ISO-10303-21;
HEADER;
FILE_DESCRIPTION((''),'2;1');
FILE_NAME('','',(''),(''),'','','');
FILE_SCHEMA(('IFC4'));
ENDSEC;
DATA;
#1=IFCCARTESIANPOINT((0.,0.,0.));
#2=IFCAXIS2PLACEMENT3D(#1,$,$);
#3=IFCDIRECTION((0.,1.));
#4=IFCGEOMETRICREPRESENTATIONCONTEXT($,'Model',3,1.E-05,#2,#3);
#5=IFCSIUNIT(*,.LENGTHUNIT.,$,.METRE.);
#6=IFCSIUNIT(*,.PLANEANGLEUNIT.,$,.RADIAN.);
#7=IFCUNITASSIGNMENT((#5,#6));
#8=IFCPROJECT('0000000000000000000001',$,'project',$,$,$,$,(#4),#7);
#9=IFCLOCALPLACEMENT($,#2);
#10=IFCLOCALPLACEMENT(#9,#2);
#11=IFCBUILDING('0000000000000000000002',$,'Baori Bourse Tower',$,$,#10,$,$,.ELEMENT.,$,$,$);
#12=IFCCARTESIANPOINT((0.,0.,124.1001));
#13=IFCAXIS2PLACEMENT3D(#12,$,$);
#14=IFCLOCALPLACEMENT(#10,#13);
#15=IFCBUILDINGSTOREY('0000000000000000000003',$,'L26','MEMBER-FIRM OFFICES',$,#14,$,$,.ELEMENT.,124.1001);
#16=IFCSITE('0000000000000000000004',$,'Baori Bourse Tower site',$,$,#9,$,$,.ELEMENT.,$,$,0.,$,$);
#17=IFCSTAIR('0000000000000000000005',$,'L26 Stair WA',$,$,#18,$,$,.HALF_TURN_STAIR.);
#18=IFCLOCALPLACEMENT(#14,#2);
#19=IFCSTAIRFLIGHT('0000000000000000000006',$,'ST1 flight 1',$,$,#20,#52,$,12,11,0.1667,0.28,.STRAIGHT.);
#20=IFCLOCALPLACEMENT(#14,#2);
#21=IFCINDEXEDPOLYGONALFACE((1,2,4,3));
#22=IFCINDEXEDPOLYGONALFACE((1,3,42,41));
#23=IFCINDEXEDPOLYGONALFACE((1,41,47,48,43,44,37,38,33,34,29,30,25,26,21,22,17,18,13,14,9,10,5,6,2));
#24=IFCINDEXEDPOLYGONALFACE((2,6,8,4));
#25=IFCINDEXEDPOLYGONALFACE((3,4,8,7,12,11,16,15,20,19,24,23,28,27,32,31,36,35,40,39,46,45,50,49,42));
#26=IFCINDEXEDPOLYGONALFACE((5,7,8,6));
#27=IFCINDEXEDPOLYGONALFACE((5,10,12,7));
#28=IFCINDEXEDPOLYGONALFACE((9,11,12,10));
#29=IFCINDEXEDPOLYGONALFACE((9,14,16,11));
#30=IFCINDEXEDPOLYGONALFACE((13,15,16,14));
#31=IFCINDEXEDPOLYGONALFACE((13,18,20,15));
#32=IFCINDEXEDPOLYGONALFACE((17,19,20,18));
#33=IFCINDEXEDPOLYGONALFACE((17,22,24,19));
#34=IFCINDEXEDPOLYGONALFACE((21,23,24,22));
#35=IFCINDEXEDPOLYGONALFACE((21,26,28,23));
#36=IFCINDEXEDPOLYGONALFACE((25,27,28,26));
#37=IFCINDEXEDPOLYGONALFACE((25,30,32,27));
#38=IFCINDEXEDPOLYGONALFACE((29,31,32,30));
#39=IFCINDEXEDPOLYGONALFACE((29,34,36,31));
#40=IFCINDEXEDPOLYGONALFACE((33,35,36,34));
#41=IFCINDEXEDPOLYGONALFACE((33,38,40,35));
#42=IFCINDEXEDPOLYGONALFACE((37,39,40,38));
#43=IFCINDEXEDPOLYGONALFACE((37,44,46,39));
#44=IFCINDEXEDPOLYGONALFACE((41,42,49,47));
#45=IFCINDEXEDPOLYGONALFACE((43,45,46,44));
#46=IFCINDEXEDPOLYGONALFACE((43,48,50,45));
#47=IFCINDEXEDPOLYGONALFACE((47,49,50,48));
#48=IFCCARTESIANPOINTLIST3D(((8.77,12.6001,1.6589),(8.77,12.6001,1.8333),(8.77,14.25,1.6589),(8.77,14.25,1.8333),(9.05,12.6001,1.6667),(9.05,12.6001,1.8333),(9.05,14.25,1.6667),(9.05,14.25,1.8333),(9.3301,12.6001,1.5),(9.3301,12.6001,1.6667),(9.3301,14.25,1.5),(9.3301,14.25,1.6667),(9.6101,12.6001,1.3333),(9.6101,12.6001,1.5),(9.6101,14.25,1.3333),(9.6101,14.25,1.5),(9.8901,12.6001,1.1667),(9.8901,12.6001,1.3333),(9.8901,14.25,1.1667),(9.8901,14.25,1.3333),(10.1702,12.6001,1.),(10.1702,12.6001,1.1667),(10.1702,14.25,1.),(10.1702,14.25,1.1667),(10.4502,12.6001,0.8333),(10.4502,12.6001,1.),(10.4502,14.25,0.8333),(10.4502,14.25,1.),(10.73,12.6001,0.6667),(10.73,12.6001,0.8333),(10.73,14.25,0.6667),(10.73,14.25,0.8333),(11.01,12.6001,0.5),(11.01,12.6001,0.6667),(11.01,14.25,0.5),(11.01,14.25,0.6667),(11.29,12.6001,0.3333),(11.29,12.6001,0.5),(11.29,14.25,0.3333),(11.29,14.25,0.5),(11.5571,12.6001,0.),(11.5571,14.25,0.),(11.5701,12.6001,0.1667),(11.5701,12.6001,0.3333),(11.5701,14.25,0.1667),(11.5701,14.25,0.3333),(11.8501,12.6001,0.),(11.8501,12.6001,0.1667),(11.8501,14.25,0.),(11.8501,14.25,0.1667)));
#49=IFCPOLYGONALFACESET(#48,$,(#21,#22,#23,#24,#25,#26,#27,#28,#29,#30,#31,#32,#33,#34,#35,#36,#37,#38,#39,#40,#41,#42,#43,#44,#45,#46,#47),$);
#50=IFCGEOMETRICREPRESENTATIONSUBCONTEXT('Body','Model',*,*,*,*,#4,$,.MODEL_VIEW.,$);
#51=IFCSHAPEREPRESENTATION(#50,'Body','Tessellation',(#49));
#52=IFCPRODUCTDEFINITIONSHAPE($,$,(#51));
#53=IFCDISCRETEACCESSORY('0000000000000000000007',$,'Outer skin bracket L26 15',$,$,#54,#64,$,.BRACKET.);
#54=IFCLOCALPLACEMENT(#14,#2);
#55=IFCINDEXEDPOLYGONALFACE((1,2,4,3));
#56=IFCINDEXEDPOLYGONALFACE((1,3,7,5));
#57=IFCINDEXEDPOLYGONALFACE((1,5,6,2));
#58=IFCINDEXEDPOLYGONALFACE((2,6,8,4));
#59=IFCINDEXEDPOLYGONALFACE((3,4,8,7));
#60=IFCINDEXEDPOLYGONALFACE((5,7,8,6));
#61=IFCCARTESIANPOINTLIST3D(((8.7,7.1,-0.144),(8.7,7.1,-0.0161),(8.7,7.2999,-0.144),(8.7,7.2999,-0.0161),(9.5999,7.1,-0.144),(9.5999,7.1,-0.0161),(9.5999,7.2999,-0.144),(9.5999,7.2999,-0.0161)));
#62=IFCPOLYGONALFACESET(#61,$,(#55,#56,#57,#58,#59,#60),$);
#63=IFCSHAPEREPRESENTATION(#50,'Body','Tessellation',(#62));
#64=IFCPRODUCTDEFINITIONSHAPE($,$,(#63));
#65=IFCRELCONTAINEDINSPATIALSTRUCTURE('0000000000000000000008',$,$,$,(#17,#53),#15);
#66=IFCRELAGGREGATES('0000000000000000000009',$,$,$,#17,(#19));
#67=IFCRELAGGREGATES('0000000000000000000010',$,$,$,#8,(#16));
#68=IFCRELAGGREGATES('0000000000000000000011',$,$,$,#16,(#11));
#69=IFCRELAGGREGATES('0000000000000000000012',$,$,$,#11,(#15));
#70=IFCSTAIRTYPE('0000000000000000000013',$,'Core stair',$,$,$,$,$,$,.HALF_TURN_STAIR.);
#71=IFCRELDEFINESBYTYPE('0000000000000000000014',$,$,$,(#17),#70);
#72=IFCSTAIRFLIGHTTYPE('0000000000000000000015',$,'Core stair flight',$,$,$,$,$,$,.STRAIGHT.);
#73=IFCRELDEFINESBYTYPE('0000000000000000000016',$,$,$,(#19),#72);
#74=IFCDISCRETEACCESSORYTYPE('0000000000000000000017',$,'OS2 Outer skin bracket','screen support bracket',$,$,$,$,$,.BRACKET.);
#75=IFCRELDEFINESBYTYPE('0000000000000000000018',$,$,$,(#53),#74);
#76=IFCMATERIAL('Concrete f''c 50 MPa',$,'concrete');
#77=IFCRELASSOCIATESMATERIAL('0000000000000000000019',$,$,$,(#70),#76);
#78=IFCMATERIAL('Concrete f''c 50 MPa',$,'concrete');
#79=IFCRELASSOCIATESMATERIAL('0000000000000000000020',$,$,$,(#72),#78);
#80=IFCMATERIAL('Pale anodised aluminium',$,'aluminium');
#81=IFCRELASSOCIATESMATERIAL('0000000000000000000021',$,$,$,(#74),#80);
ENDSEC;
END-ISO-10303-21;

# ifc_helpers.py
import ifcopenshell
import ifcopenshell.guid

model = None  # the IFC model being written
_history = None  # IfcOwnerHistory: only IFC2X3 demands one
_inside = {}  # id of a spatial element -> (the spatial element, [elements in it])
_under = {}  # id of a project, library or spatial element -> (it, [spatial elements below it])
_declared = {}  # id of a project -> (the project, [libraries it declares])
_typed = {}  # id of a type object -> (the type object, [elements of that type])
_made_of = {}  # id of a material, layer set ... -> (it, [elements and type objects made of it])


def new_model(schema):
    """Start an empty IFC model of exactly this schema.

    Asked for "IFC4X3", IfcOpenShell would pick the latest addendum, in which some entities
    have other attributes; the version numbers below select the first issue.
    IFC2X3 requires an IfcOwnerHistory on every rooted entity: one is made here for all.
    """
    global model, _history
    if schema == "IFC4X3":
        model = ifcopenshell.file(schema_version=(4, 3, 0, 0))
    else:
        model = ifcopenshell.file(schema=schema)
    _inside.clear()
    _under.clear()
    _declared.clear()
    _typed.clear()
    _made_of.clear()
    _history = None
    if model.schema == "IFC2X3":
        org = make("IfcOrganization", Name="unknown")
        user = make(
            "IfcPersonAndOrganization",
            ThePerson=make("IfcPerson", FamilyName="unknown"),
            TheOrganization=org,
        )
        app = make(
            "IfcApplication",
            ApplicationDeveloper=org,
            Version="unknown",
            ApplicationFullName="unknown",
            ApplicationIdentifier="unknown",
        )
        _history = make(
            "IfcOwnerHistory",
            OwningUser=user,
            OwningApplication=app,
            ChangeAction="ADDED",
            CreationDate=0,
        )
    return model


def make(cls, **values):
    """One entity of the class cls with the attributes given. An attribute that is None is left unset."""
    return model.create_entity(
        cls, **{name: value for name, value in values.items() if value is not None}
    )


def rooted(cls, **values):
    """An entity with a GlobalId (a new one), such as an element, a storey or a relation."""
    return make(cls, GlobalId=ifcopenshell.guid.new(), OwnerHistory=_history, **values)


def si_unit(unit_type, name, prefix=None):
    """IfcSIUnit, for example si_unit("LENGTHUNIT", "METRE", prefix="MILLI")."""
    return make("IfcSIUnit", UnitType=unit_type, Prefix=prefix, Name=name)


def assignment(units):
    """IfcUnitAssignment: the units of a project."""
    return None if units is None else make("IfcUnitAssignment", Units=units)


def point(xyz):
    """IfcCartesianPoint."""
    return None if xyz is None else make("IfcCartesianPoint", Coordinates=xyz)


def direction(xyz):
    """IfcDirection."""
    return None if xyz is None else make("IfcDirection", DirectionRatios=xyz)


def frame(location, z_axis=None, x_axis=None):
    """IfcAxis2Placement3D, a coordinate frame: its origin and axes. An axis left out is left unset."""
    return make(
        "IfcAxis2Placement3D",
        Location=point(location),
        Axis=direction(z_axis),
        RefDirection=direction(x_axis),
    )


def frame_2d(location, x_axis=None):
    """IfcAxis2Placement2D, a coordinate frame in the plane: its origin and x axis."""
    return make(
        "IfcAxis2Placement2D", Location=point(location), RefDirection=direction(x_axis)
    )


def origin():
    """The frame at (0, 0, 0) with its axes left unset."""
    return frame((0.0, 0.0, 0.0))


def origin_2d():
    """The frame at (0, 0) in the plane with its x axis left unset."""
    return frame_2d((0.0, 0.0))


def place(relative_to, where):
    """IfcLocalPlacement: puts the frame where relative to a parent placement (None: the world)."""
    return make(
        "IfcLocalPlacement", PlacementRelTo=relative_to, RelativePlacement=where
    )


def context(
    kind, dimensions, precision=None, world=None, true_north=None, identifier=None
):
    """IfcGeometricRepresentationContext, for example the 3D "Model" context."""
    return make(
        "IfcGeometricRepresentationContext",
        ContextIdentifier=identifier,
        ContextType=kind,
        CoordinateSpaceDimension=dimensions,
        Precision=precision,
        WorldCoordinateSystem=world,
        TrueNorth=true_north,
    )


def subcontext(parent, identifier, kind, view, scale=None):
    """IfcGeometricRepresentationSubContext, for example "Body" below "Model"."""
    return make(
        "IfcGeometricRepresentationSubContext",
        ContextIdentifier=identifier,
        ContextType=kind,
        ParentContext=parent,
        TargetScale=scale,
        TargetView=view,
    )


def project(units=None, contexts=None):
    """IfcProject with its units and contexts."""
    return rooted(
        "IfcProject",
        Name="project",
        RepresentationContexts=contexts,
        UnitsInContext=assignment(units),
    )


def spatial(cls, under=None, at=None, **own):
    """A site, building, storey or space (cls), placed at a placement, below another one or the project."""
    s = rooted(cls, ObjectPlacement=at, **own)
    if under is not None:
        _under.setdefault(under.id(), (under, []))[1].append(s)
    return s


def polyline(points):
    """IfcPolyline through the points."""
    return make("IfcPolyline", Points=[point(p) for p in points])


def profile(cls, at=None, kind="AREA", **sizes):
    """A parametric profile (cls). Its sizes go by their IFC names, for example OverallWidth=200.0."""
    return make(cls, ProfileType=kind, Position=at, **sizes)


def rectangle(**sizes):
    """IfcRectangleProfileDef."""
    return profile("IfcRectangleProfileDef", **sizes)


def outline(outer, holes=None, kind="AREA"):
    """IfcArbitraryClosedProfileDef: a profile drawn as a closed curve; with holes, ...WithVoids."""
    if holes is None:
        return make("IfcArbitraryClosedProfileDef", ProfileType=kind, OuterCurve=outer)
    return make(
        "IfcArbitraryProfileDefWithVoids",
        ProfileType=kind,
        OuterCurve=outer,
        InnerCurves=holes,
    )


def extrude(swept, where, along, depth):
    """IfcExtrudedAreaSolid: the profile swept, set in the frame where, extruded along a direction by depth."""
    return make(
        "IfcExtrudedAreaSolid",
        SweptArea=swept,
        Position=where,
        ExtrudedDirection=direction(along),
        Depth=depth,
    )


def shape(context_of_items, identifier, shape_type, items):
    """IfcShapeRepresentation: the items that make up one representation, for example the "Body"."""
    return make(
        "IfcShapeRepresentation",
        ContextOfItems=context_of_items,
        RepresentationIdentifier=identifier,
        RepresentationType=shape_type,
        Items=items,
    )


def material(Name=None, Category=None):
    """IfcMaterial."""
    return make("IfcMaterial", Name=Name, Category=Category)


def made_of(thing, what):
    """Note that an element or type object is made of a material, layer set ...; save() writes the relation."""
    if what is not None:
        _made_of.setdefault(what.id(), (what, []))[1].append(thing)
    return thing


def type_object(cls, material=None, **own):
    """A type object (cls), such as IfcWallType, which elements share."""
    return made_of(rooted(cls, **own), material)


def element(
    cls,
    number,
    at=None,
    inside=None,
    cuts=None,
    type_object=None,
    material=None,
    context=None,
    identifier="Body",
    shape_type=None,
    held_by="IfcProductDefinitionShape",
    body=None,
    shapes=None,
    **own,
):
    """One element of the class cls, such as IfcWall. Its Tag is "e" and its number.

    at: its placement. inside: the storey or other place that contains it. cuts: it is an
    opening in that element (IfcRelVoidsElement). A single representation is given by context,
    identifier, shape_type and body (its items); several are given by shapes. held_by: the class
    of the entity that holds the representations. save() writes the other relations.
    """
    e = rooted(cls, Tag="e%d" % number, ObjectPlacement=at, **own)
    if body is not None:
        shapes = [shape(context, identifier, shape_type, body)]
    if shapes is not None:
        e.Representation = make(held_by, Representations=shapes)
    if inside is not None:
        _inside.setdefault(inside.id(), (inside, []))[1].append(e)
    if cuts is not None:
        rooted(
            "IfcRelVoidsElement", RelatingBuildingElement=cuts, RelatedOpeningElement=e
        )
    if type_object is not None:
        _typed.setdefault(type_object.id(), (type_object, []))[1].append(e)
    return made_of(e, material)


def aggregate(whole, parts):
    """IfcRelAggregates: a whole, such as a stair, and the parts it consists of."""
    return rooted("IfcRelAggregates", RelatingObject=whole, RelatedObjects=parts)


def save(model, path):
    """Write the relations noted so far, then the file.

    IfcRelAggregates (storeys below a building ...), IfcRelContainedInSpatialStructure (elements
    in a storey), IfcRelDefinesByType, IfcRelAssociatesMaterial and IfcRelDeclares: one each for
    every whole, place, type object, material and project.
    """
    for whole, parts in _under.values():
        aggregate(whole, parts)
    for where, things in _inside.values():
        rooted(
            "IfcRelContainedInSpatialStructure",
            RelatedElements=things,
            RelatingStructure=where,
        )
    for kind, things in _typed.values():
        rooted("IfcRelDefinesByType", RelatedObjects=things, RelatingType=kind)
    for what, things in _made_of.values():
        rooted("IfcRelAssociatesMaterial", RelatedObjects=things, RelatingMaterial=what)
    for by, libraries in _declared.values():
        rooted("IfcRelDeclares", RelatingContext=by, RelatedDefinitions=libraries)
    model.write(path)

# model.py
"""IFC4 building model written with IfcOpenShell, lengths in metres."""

from ifc_helpers import new_model, si_unit, direction, frame, origin, origin_2d, place, context, subcontext, project, spatial, polyline, rectangle, outline, extrude, material, type_object, element, aggregate, save


model = new_model("IFC4")

# Units and contexts
model_context = context("Model", 3, precision=1e-05, world=origin(), true_north=direction((0.0, 1.0)))
body_context = subcontext(model_context, "Body", "Model", "MODEL_VIEW")
ifc_project = project(units=[si_unit("LENGTHUNIT", "METRE"), si_unit("PLANEANGLEUNIT", "RADIAN")], contexts=[model_context])

# Site, building, storey
site_placement = place(None, origin())
site = spatial("IfcSite", under=ifc_project, at=site_placement, Name="Baori Bourse Tower site", CompositionType="ELEMENT", RefElevation=0.0)
building_placement = place(site_placement, origin())
building = spatial("IfcBuilding", under=site, at=building_placement, Name="Baori Bourse Tower", CompositionType="ELEMENT")
storey_placement = place(building_placement, frame((0.0, 0.0, 124.1001)))
storey = spatial("IfcBuildingStorey", under=building, at=storey_placement, Name="L26", Description="MEMBER-FIRM OFFICES", CompositionType="ELEMENT", Elevation=124.1001)

# Stair, stair flight
ifc_material_1 = material(Name="Concrete f'c 50 MPa", Category="concrete")
stair_type = type_object("IfcStairType", Name="Core stair", PredefinedType="HALF_TURN_STAIR", material=ifc_material_1)
stair_placement = place(storey_placement, origin())
stair = element("IfcStair", 1, at=stair_placement, inside=storey, type_object=stair_type, Name="L26 Stair WA", PredefinedType="HALF_TURN_STAIR")
ifc_material_2 = material(Name="Concrete f'c 50 MPa", Category="concrete")
stair_flight_type = type_object("IfcStairFlightType", Name="Core stair flight", PredefinedType="STRAIGHT", material=ifc_material_2)
stair_flight_placement = place(storey_placement, frame((11.8501, 13.425, 0.0), z_axis=(0.0, 0.0, 1.0), x_axis=(-1.0, 0.0, 0.0)))
stair_flight = element("IfcStairFlight", 2, at=stair_flight_placement, type_object=stair_flight_type, Name="ST1 flight 1", NumberOfRisers=12, NumberOfTreads=11, PredefinedType="STRAIGHT", RiserHeight=0.1667, TreadLength=0.28, context=body_context, shape_type="SweptSolid", body=[
    extrude(outline(polyline([(0.0, 0.0), (0.0, 0.1667), (0.28, 0.1667), (0.28, 0.3333), (0.5601, 0.3333), (0.5601, 0.5), (0.8401, 0.5), (0.8401, 0.6667), (1.1201, 0.6667), (1.1201, 0.8333), (1.3999, 0.8333), (1.3999, 1.0), (1.6799, 1.0), (1.6799, 1.1667), (1.96, 1.1667), (1.96, 1.3333), (2.24, 1.3333), (2.24, 1.5), (2.52, 1.5), (2.52, 1.6667), (2.8, 1.6667), (2.8, 1.8333), (3.0801, 1.8333), (3.0801, 2.0), (3.0801, 1.6589), (0.293, 0.0), (0.0, 0.0)])), frame((0.0, 0.825, 0.0), z_axis=(0.0, -1.0, 0.0), x_axis=(1.0, 0.0, 0.0)), (0.0, 0.0, 1.0), 1.6499),
])
aggregate(stair, [stair_flight])

# Discrete accessory
ifc_material_3 = material(Name="Pale anodised aluminium", Category="aluminium")
discrete_accessory_type = type_object("IfcDiscreteAccessoryType", Name="OS2 Outer skin bracket", Description="screen support bracket", PredefinedType="BRACKET", material=ifc_material_3)
discrete_accessory_placement = place(storey_placement, frame((9.1499, 7.2, -0.144), z_axis=(0.0, 0.0, 1.0), x_axis=(0.0, -1.0, 0.0)))
element("IfcDiscreteAccessory", 3, at=discrete_accessory_placement, inside=storey, type_object=discrete_accessory_type, Name="Outer skin bracket L26 15", PredefinedType="BRACKET", context=body_context, shape_type="SweptSolid", body=[
    extrude(rectangle(XDim=0.2, YDim=0.8999, at=origin_2d()), origin(), (0.0, 0.0, 1.0), 0.1279),
])

save(model, "model.ifc")
